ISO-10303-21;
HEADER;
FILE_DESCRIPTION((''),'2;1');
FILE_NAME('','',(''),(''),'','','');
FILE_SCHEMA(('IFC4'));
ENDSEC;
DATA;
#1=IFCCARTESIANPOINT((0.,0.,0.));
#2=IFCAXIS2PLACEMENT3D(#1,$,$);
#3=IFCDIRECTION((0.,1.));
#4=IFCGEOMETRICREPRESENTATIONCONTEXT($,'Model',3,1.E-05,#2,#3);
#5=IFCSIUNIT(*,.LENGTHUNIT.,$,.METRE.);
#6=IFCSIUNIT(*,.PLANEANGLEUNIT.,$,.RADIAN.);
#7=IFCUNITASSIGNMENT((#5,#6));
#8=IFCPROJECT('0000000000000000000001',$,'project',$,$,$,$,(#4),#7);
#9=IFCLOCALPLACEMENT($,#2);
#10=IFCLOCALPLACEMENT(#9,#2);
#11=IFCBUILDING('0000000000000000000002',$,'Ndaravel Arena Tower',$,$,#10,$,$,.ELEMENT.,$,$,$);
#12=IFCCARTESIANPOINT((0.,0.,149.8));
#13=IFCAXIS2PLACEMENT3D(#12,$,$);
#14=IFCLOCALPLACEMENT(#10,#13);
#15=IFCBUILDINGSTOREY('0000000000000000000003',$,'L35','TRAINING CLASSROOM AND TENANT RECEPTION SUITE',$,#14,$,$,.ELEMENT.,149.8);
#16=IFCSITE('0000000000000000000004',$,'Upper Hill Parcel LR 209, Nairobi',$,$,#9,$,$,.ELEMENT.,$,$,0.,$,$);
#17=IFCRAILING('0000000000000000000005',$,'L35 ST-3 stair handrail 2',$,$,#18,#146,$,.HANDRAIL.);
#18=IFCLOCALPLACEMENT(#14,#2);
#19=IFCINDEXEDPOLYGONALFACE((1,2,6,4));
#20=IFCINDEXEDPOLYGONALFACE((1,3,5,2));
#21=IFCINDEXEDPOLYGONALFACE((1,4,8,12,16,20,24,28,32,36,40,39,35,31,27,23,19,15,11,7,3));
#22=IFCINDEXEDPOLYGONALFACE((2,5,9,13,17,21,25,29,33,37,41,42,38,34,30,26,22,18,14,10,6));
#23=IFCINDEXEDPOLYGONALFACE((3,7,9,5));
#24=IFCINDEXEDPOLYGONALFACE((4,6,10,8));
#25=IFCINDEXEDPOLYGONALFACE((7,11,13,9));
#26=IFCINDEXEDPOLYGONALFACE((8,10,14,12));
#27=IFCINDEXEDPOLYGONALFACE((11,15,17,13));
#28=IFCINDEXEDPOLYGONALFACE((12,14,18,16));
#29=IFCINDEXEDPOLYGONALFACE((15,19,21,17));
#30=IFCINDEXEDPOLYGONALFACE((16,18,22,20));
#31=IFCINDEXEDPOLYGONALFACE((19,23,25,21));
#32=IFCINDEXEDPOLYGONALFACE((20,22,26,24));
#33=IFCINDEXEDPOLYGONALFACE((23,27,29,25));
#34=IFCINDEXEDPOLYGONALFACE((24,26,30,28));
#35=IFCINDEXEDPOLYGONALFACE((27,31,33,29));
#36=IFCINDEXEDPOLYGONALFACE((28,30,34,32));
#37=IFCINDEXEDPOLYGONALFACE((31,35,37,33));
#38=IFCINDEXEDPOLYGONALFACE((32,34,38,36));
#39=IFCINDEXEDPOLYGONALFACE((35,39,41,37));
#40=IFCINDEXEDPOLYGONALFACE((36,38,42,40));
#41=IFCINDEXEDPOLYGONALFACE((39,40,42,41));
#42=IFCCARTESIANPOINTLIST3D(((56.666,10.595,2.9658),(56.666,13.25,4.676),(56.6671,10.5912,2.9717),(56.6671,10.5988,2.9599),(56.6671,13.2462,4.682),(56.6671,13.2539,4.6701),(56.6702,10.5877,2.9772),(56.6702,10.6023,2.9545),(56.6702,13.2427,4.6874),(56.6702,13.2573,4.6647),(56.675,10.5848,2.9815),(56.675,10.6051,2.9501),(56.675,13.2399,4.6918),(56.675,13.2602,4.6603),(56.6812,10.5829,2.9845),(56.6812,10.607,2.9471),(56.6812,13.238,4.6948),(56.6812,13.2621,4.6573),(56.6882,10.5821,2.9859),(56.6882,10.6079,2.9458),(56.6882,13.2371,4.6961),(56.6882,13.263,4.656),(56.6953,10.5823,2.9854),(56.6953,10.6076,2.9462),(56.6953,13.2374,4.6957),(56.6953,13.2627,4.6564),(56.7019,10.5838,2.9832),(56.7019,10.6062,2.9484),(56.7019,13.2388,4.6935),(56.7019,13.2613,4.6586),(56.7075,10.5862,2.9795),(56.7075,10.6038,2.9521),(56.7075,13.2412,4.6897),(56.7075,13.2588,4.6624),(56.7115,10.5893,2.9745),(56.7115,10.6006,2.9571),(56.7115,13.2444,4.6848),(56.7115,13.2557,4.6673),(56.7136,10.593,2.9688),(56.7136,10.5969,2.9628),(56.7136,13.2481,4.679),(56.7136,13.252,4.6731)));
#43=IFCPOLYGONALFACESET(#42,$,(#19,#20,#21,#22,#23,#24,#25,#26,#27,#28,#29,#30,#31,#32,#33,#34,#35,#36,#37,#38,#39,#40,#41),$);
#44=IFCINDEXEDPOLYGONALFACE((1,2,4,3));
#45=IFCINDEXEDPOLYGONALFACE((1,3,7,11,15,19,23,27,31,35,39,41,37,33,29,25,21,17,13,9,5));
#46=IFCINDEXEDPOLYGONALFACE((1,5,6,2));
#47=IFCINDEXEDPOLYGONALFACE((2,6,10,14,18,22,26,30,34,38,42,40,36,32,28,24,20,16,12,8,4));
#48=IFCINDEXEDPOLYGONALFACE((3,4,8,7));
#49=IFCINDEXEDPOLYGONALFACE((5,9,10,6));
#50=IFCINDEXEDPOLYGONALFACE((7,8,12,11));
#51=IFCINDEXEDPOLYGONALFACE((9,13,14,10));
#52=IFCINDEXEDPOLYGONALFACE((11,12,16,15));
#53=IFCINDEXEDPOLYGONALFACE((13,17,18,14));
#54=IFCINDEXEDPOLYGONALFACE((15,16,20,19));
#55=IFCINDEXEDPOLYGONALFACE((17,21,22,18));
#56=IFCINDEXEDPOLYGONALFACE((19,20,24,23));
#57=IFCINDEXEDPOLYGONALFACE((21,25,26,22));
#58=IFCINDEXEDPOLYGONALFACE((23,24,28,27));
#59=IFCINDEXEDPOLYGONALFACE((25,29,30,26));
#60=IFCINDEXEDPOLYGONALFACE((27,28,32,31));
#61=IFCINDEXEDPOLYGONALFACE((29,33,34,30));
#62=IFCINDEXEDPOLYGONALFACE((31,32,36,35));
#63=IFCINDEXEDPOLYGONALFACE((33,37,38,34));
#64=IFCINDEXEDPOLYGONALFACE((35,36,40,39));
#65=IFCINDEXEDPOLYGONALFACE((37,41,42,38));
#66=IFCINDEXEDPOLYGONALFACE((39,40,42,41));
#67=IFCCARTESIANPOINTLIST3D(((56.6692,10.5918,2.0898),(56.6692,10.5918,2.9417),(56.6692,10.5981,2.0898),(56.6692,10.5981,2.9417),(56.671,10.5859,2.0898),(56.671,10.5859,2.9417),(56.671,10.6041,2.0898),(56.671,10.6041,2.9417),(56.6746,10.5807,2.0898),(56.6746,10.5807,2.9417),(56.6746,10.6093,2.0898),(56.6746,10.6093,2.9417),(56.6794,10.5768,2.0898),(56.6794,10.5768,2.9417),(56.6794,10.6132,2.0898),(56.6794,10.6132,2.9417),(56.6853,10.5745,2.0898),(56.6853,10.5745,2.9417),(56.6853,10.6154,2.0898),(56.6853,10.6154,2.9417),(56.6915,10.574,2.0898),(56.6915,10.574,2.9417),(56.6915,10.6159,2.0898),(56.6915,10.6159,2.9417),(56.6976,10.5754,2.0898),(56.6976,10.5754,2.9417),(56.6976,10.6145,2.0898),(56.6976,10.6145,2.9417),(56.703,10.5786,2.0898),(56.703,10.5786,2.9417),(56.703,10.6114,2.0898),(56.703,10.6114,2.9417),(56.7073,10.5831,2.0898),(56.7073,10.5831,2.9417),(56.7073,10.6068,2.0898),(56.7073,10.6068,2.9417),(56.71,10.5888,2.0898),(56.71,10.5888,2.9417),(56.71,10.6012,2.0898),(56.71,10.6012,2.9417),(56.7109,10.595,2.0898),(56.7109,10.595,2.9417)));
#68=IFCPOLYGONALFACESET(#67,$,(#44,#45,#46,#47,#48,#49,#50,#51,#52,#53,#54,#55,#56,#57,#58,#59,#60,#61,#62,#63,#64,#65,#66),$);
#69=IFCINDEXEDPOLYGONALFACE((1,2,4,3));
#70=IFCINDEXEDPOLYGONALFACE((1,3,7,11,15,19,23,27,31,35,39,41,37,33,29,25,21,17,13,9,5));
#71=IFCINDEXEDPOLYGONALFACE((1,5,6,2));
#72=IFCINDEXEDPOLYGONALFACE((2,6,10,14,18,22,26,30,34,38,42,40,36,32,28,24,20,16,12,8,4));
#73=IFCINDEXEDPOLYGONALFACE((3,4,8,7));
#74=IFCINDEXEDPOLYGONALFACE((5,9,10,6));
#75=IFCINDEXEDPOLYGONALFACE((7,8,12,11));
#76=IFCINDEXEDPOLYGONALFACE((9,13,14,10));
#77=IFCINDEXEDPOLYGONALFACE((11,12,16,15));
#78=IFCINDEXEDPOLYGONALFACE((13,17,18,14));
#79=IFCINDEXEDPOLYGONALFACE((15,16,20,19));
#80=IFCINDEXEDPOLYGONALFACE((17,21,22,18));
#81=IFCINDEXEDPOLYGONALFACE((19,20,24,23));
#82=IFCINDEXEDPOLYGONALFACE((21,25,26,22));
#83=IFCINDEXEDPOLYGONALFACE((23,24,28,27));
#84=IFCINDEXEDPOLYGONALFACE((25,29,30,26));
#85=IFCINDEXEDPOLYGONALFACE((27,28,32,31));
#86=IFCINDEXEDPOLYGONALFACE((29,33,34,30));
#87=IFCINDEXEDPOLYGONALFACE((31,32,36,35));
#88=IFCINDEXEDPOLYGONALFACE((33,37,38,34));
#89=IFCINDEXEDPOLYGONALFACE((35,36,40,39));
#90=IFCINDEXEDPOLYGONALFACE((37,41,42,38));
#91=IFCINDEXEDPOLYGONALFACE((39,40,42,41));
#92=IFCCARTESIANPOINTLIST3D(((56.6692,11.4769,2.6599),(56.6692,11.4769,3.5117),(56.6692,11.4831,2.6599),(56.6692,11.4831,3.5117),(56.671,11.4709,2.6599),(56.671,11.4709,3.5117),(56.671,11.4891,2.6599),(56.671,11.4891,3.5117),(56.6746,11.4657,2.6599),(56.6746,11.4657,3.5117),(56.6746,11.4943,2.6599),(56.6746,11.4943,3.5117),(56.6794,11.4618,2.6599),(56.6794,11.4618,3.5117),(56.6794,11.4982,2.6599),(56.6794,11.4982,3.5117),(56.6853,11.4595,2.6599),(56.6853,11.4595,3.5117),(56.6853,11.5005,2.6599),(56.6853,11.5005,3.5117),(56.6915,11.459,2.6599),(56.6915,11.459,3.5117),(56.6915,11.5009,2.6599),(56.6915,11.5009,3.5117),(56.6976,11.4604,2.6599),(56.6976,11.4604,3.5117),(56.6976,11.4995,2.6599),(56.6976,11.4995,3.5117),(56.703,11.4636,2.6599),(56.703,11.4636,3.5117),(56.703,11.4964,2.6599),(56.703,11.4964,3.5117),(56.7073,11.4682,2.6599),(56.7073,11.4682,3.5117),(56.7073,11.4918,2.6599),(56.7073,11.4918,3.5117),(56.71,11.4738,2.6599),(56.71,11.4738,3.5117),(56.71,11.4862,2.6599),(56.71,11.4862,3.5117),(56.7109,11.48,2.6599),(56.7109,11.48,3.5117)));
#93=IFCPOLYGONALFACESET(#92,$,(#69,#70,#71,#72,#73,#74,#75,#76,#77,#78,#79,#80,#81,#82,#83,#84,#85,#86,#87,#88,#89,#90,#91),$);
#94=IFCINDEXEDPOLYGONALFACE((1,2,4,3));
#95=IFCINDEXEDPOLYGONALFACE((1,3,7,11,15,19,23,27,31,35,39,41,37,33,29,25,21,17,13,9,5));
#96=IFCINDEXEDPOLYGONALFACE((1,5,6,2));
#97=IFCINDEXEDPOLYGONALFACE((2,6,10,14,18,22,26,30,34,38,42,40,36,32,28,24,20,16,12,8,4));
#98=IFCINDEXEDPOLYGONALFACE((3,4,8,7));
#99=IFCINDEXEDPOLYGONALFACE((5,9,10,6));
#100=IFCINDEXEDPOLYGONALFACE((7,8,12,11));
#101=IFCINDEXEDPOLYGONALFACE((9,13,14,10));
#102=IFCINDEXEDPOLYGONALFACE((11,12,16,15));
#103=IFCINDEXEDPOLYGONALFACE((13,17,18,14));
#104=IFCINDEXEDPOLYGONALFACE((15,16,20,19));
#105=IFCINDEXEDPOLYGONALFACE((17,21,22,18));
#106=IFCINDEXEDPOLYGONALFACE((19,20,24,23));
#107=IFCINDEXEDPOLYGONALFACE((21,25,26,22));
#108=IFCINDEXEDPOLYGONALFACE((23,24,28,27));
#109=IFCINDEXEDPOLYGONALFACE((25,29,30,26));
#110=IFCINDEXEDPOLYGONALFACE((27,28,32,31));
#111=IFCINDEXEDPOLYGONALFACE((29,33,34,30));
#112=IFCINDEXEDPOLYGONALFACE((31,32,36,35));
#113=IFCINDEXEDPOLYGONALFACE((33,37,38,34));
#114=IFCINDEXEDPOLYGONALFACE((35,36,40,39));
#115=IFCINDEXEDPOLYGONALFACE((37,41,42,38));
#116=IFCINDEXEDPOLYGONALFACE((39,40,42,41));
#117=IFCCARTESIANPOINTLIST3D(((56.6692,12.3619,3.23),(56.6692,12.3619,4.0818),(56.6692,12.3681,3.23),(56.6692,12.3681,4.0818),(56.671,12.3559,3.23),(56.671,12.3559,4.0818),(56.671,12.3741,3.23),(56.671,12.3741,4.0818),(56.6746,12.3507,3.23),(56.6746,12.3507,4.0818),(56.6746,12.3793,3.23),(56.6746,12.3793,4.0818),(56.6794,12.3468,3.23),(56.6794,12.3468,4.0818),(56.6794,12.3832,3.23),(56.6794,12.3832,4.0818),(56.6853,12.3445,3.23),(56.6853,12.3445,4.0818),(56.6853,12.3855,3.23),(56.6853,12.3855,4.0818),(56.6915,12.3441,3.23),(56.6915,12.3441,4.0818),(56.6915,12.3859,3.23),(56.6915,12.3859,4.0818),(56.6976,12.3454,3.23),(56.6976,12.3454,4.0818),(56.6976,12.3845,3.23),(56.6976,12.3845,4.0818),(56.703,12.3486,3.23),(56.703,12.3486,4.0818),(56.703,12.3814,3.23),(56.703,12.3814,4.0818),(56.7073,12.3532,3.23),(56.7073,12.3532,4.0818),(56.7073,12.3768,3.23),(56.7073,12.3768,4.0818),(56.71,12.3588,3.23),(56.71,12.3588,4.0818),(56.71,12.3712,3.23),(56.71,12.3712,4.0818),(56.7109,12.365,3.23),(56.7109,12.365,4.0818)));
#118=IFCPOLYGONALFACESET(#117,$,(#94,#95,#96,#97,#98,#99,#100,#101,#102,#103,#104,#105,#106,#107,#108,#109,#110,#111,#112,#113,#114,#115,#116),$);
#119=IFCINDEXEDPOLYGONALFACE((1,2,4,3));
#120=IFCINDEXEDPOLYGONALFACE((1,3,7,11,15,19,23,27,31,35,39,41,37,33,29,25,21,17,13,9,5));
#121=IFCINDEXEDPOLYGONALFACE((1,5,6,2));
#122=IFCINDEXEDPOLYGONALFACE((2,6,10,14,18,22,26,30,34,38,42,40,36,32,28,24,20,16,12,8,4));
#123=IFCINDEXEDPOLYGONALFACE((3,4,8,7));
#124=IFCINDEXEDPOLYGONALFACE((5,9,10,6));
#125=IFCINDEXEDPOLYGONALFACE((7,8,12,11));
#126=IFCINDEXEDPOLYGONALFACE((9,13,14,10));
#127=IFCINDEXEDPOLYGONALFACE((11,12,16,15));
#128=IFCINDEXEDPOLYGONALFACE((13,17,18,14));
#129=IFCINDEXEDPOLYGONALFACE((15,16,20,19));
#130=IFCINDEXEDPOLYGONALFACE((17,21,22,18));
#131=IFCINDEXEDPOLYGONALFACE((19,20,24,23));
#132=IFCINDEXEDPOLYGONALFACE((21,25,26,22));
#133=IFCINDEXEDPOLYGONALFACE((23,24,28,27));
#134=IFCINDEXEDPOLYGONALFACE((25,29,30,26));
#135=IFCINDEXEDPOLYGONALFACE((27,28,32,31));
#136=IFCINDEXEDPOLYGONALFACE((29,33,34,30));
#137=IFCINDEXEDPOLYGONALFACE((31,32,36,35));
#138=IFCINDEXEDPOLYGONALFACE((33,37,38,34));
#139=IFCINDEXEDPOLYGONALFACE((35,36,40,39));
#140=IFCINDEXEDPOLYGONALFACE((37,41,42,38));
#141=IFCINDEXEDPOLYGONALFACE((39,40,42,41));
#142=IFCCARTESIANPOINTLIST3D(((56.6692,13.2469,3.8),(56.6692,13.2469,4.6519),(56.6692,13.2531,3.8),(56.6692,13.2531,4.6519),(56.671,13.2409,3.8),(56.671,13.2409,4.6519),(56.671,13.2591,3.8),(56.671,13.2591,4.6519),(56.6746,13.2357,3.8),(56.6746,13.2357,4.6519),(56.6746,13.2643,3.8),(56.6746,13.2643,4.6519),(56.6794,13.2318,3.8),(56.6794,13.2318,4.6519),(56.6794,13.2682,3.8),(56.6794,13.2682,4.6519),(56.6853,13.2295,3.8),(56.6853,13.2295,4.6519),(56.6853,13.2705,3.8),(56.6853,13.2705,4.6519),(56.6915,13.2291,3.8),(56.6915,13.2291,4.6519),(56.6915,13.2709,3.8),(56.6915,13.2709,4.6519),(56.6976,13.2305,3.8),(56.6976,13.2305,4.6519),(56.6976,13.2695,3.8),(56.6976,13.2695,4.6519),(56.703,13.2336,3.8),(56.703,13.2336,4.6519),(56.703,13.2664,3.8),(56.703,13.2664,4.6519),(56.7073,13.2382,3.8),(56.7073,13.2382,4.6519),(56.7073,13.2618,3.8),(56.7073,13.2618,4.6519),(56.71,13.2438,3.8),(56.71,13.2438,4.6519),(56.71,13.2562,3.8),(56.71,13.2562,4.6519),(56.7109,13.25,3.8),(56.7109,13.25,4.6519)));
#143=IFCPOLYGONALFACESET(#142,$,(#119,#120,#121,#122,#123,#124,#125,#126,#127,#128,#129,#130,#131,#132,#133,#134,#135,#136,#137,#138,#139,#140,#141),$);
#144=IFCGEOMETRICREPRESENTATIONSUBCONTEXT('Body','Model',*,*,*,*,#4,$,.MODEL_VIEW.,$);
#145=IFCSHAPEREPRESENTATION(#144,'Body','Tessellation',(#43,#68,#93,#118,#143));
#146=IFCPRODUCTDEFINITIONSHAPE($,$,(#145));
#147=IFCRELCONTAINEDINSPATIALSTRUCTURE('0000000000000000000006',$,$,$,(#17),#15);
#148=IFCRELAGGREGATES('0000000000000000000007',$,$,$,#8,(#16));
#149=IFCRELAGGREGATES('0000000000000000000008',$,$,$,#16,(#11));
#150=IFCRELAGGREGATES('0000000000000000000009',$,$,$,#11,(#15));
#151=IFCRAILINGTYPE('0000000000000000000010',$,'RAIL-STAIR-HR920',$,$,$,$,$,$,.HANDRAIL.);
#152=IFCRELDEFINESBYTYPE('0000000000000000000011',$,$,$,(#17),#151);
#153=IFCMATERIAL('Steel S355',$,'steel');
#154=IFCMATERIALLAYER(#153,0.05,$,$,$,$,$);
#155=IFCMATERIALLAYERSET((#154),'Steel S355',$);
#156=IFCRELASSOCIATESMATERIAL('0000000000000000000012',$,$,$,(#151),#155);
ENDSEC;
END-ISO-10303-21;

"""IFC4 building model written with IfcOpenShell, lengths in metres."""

from ifc_helpers import new_model, si_unit, direction, frame, origin, origin_2d, place, context, subcontext, project, spatial, circle, extrude, material, layer, layer_set, type_object, element, save


model = new_model("IFC4")

# Units and contexts
model_context = context("Model", 3, precision=1e-05, world=origin(), true_north=direction((0.0, 1.0)))
body_context = subcontext(model_context, "Body", "Model", "MODEL_VIEW")
ifc_project = project(units=[si_unit("LENGTHUNIT", "METRE"), si_unit("PLANEANGLEUNIT", "RADIAN")], contexts=[model_context])

# Site, building, storey
site_placement = place(None, origin())
site = spatial("IfcSite", under=ifc_project, at=site_placement, Name="Upper Hill Parcel LR 209, Nairobi", CompositionType="ELEMENT", RefElevation=0.0)
building_placement = place(site_placement, origin())
building = spatial("IfcBuilding", under=site, at=building_placement, Name="Ndaravel Arena Tower", CompositionType="ELEMENT")
storey_placement = place(building_placement, frame((0.0, 0.0, 149.8)))
storey = spatial("IfcBuildingStorey", under=building, at=storey_placement, Name="L35", Description="TRAINING CLASSROOM AND TENANT RECEPTION SUITE", CompositionType="ELEMENT", Elevation=149.8)

# Railing
ifc_material_1 = material(Name="Steel S355", Category="steel")
ifc_layer_1 = layer(ifc_material_1, 0.05)
ifc_layer_set_1 = layer_set([ifc_layer_1], Name="Steel S355")
railing_type_1 = type_object("IfcRailingType", Name="RAIL-STAIR-HR920", PredefinedType="HANDRAIL", material=ifc_layer_set_1)
railing_1_placement = place(storey_placement, frame((56.6899, 10.595, 2.0898)))
element("IfcRailing", 1, at=railing_1_placement, inside=storey, type_object=railing_type_1, Name="L35 ST-3 stair handrail 2", PredefinedType="HANDRAIL", context=body_context, shape_type="SweptSolid", body=[
    extrude(circle(Radius=0.0239, at=origin_2d()), frame((0.0, 0.0, 0.876), z_axis=(0.0, 0.840688, 0.541519), x_axis=(-1.0, 0.0, 0.0)), (0.0, 0.0, 1.0), 3.1582),
    extrude(circle(Radius=0.021, at=origin_2d()), origin(), (0.0, 0.0, 1.0), 0.8518),
    extrude(circle(Radius=0.021, at=origin_2d()), frame((0.0, 0.885, 0.5701)), (0.0, 0.0, 1.0), 0.8518),
    extrude(circle(Radius=0.021, at=origin_2d()), frame((0.0, 1.77, 1.1401)), (0.0, 0.0, 1.0), 0.8518),
    extrude(circle(Radius=0.021, at=origin_2d()), frame((0.0, 2.655, 1.7102)), (0.0, 0.0, 1.0), 0.8518),
])

save(model, "model.ifc")
